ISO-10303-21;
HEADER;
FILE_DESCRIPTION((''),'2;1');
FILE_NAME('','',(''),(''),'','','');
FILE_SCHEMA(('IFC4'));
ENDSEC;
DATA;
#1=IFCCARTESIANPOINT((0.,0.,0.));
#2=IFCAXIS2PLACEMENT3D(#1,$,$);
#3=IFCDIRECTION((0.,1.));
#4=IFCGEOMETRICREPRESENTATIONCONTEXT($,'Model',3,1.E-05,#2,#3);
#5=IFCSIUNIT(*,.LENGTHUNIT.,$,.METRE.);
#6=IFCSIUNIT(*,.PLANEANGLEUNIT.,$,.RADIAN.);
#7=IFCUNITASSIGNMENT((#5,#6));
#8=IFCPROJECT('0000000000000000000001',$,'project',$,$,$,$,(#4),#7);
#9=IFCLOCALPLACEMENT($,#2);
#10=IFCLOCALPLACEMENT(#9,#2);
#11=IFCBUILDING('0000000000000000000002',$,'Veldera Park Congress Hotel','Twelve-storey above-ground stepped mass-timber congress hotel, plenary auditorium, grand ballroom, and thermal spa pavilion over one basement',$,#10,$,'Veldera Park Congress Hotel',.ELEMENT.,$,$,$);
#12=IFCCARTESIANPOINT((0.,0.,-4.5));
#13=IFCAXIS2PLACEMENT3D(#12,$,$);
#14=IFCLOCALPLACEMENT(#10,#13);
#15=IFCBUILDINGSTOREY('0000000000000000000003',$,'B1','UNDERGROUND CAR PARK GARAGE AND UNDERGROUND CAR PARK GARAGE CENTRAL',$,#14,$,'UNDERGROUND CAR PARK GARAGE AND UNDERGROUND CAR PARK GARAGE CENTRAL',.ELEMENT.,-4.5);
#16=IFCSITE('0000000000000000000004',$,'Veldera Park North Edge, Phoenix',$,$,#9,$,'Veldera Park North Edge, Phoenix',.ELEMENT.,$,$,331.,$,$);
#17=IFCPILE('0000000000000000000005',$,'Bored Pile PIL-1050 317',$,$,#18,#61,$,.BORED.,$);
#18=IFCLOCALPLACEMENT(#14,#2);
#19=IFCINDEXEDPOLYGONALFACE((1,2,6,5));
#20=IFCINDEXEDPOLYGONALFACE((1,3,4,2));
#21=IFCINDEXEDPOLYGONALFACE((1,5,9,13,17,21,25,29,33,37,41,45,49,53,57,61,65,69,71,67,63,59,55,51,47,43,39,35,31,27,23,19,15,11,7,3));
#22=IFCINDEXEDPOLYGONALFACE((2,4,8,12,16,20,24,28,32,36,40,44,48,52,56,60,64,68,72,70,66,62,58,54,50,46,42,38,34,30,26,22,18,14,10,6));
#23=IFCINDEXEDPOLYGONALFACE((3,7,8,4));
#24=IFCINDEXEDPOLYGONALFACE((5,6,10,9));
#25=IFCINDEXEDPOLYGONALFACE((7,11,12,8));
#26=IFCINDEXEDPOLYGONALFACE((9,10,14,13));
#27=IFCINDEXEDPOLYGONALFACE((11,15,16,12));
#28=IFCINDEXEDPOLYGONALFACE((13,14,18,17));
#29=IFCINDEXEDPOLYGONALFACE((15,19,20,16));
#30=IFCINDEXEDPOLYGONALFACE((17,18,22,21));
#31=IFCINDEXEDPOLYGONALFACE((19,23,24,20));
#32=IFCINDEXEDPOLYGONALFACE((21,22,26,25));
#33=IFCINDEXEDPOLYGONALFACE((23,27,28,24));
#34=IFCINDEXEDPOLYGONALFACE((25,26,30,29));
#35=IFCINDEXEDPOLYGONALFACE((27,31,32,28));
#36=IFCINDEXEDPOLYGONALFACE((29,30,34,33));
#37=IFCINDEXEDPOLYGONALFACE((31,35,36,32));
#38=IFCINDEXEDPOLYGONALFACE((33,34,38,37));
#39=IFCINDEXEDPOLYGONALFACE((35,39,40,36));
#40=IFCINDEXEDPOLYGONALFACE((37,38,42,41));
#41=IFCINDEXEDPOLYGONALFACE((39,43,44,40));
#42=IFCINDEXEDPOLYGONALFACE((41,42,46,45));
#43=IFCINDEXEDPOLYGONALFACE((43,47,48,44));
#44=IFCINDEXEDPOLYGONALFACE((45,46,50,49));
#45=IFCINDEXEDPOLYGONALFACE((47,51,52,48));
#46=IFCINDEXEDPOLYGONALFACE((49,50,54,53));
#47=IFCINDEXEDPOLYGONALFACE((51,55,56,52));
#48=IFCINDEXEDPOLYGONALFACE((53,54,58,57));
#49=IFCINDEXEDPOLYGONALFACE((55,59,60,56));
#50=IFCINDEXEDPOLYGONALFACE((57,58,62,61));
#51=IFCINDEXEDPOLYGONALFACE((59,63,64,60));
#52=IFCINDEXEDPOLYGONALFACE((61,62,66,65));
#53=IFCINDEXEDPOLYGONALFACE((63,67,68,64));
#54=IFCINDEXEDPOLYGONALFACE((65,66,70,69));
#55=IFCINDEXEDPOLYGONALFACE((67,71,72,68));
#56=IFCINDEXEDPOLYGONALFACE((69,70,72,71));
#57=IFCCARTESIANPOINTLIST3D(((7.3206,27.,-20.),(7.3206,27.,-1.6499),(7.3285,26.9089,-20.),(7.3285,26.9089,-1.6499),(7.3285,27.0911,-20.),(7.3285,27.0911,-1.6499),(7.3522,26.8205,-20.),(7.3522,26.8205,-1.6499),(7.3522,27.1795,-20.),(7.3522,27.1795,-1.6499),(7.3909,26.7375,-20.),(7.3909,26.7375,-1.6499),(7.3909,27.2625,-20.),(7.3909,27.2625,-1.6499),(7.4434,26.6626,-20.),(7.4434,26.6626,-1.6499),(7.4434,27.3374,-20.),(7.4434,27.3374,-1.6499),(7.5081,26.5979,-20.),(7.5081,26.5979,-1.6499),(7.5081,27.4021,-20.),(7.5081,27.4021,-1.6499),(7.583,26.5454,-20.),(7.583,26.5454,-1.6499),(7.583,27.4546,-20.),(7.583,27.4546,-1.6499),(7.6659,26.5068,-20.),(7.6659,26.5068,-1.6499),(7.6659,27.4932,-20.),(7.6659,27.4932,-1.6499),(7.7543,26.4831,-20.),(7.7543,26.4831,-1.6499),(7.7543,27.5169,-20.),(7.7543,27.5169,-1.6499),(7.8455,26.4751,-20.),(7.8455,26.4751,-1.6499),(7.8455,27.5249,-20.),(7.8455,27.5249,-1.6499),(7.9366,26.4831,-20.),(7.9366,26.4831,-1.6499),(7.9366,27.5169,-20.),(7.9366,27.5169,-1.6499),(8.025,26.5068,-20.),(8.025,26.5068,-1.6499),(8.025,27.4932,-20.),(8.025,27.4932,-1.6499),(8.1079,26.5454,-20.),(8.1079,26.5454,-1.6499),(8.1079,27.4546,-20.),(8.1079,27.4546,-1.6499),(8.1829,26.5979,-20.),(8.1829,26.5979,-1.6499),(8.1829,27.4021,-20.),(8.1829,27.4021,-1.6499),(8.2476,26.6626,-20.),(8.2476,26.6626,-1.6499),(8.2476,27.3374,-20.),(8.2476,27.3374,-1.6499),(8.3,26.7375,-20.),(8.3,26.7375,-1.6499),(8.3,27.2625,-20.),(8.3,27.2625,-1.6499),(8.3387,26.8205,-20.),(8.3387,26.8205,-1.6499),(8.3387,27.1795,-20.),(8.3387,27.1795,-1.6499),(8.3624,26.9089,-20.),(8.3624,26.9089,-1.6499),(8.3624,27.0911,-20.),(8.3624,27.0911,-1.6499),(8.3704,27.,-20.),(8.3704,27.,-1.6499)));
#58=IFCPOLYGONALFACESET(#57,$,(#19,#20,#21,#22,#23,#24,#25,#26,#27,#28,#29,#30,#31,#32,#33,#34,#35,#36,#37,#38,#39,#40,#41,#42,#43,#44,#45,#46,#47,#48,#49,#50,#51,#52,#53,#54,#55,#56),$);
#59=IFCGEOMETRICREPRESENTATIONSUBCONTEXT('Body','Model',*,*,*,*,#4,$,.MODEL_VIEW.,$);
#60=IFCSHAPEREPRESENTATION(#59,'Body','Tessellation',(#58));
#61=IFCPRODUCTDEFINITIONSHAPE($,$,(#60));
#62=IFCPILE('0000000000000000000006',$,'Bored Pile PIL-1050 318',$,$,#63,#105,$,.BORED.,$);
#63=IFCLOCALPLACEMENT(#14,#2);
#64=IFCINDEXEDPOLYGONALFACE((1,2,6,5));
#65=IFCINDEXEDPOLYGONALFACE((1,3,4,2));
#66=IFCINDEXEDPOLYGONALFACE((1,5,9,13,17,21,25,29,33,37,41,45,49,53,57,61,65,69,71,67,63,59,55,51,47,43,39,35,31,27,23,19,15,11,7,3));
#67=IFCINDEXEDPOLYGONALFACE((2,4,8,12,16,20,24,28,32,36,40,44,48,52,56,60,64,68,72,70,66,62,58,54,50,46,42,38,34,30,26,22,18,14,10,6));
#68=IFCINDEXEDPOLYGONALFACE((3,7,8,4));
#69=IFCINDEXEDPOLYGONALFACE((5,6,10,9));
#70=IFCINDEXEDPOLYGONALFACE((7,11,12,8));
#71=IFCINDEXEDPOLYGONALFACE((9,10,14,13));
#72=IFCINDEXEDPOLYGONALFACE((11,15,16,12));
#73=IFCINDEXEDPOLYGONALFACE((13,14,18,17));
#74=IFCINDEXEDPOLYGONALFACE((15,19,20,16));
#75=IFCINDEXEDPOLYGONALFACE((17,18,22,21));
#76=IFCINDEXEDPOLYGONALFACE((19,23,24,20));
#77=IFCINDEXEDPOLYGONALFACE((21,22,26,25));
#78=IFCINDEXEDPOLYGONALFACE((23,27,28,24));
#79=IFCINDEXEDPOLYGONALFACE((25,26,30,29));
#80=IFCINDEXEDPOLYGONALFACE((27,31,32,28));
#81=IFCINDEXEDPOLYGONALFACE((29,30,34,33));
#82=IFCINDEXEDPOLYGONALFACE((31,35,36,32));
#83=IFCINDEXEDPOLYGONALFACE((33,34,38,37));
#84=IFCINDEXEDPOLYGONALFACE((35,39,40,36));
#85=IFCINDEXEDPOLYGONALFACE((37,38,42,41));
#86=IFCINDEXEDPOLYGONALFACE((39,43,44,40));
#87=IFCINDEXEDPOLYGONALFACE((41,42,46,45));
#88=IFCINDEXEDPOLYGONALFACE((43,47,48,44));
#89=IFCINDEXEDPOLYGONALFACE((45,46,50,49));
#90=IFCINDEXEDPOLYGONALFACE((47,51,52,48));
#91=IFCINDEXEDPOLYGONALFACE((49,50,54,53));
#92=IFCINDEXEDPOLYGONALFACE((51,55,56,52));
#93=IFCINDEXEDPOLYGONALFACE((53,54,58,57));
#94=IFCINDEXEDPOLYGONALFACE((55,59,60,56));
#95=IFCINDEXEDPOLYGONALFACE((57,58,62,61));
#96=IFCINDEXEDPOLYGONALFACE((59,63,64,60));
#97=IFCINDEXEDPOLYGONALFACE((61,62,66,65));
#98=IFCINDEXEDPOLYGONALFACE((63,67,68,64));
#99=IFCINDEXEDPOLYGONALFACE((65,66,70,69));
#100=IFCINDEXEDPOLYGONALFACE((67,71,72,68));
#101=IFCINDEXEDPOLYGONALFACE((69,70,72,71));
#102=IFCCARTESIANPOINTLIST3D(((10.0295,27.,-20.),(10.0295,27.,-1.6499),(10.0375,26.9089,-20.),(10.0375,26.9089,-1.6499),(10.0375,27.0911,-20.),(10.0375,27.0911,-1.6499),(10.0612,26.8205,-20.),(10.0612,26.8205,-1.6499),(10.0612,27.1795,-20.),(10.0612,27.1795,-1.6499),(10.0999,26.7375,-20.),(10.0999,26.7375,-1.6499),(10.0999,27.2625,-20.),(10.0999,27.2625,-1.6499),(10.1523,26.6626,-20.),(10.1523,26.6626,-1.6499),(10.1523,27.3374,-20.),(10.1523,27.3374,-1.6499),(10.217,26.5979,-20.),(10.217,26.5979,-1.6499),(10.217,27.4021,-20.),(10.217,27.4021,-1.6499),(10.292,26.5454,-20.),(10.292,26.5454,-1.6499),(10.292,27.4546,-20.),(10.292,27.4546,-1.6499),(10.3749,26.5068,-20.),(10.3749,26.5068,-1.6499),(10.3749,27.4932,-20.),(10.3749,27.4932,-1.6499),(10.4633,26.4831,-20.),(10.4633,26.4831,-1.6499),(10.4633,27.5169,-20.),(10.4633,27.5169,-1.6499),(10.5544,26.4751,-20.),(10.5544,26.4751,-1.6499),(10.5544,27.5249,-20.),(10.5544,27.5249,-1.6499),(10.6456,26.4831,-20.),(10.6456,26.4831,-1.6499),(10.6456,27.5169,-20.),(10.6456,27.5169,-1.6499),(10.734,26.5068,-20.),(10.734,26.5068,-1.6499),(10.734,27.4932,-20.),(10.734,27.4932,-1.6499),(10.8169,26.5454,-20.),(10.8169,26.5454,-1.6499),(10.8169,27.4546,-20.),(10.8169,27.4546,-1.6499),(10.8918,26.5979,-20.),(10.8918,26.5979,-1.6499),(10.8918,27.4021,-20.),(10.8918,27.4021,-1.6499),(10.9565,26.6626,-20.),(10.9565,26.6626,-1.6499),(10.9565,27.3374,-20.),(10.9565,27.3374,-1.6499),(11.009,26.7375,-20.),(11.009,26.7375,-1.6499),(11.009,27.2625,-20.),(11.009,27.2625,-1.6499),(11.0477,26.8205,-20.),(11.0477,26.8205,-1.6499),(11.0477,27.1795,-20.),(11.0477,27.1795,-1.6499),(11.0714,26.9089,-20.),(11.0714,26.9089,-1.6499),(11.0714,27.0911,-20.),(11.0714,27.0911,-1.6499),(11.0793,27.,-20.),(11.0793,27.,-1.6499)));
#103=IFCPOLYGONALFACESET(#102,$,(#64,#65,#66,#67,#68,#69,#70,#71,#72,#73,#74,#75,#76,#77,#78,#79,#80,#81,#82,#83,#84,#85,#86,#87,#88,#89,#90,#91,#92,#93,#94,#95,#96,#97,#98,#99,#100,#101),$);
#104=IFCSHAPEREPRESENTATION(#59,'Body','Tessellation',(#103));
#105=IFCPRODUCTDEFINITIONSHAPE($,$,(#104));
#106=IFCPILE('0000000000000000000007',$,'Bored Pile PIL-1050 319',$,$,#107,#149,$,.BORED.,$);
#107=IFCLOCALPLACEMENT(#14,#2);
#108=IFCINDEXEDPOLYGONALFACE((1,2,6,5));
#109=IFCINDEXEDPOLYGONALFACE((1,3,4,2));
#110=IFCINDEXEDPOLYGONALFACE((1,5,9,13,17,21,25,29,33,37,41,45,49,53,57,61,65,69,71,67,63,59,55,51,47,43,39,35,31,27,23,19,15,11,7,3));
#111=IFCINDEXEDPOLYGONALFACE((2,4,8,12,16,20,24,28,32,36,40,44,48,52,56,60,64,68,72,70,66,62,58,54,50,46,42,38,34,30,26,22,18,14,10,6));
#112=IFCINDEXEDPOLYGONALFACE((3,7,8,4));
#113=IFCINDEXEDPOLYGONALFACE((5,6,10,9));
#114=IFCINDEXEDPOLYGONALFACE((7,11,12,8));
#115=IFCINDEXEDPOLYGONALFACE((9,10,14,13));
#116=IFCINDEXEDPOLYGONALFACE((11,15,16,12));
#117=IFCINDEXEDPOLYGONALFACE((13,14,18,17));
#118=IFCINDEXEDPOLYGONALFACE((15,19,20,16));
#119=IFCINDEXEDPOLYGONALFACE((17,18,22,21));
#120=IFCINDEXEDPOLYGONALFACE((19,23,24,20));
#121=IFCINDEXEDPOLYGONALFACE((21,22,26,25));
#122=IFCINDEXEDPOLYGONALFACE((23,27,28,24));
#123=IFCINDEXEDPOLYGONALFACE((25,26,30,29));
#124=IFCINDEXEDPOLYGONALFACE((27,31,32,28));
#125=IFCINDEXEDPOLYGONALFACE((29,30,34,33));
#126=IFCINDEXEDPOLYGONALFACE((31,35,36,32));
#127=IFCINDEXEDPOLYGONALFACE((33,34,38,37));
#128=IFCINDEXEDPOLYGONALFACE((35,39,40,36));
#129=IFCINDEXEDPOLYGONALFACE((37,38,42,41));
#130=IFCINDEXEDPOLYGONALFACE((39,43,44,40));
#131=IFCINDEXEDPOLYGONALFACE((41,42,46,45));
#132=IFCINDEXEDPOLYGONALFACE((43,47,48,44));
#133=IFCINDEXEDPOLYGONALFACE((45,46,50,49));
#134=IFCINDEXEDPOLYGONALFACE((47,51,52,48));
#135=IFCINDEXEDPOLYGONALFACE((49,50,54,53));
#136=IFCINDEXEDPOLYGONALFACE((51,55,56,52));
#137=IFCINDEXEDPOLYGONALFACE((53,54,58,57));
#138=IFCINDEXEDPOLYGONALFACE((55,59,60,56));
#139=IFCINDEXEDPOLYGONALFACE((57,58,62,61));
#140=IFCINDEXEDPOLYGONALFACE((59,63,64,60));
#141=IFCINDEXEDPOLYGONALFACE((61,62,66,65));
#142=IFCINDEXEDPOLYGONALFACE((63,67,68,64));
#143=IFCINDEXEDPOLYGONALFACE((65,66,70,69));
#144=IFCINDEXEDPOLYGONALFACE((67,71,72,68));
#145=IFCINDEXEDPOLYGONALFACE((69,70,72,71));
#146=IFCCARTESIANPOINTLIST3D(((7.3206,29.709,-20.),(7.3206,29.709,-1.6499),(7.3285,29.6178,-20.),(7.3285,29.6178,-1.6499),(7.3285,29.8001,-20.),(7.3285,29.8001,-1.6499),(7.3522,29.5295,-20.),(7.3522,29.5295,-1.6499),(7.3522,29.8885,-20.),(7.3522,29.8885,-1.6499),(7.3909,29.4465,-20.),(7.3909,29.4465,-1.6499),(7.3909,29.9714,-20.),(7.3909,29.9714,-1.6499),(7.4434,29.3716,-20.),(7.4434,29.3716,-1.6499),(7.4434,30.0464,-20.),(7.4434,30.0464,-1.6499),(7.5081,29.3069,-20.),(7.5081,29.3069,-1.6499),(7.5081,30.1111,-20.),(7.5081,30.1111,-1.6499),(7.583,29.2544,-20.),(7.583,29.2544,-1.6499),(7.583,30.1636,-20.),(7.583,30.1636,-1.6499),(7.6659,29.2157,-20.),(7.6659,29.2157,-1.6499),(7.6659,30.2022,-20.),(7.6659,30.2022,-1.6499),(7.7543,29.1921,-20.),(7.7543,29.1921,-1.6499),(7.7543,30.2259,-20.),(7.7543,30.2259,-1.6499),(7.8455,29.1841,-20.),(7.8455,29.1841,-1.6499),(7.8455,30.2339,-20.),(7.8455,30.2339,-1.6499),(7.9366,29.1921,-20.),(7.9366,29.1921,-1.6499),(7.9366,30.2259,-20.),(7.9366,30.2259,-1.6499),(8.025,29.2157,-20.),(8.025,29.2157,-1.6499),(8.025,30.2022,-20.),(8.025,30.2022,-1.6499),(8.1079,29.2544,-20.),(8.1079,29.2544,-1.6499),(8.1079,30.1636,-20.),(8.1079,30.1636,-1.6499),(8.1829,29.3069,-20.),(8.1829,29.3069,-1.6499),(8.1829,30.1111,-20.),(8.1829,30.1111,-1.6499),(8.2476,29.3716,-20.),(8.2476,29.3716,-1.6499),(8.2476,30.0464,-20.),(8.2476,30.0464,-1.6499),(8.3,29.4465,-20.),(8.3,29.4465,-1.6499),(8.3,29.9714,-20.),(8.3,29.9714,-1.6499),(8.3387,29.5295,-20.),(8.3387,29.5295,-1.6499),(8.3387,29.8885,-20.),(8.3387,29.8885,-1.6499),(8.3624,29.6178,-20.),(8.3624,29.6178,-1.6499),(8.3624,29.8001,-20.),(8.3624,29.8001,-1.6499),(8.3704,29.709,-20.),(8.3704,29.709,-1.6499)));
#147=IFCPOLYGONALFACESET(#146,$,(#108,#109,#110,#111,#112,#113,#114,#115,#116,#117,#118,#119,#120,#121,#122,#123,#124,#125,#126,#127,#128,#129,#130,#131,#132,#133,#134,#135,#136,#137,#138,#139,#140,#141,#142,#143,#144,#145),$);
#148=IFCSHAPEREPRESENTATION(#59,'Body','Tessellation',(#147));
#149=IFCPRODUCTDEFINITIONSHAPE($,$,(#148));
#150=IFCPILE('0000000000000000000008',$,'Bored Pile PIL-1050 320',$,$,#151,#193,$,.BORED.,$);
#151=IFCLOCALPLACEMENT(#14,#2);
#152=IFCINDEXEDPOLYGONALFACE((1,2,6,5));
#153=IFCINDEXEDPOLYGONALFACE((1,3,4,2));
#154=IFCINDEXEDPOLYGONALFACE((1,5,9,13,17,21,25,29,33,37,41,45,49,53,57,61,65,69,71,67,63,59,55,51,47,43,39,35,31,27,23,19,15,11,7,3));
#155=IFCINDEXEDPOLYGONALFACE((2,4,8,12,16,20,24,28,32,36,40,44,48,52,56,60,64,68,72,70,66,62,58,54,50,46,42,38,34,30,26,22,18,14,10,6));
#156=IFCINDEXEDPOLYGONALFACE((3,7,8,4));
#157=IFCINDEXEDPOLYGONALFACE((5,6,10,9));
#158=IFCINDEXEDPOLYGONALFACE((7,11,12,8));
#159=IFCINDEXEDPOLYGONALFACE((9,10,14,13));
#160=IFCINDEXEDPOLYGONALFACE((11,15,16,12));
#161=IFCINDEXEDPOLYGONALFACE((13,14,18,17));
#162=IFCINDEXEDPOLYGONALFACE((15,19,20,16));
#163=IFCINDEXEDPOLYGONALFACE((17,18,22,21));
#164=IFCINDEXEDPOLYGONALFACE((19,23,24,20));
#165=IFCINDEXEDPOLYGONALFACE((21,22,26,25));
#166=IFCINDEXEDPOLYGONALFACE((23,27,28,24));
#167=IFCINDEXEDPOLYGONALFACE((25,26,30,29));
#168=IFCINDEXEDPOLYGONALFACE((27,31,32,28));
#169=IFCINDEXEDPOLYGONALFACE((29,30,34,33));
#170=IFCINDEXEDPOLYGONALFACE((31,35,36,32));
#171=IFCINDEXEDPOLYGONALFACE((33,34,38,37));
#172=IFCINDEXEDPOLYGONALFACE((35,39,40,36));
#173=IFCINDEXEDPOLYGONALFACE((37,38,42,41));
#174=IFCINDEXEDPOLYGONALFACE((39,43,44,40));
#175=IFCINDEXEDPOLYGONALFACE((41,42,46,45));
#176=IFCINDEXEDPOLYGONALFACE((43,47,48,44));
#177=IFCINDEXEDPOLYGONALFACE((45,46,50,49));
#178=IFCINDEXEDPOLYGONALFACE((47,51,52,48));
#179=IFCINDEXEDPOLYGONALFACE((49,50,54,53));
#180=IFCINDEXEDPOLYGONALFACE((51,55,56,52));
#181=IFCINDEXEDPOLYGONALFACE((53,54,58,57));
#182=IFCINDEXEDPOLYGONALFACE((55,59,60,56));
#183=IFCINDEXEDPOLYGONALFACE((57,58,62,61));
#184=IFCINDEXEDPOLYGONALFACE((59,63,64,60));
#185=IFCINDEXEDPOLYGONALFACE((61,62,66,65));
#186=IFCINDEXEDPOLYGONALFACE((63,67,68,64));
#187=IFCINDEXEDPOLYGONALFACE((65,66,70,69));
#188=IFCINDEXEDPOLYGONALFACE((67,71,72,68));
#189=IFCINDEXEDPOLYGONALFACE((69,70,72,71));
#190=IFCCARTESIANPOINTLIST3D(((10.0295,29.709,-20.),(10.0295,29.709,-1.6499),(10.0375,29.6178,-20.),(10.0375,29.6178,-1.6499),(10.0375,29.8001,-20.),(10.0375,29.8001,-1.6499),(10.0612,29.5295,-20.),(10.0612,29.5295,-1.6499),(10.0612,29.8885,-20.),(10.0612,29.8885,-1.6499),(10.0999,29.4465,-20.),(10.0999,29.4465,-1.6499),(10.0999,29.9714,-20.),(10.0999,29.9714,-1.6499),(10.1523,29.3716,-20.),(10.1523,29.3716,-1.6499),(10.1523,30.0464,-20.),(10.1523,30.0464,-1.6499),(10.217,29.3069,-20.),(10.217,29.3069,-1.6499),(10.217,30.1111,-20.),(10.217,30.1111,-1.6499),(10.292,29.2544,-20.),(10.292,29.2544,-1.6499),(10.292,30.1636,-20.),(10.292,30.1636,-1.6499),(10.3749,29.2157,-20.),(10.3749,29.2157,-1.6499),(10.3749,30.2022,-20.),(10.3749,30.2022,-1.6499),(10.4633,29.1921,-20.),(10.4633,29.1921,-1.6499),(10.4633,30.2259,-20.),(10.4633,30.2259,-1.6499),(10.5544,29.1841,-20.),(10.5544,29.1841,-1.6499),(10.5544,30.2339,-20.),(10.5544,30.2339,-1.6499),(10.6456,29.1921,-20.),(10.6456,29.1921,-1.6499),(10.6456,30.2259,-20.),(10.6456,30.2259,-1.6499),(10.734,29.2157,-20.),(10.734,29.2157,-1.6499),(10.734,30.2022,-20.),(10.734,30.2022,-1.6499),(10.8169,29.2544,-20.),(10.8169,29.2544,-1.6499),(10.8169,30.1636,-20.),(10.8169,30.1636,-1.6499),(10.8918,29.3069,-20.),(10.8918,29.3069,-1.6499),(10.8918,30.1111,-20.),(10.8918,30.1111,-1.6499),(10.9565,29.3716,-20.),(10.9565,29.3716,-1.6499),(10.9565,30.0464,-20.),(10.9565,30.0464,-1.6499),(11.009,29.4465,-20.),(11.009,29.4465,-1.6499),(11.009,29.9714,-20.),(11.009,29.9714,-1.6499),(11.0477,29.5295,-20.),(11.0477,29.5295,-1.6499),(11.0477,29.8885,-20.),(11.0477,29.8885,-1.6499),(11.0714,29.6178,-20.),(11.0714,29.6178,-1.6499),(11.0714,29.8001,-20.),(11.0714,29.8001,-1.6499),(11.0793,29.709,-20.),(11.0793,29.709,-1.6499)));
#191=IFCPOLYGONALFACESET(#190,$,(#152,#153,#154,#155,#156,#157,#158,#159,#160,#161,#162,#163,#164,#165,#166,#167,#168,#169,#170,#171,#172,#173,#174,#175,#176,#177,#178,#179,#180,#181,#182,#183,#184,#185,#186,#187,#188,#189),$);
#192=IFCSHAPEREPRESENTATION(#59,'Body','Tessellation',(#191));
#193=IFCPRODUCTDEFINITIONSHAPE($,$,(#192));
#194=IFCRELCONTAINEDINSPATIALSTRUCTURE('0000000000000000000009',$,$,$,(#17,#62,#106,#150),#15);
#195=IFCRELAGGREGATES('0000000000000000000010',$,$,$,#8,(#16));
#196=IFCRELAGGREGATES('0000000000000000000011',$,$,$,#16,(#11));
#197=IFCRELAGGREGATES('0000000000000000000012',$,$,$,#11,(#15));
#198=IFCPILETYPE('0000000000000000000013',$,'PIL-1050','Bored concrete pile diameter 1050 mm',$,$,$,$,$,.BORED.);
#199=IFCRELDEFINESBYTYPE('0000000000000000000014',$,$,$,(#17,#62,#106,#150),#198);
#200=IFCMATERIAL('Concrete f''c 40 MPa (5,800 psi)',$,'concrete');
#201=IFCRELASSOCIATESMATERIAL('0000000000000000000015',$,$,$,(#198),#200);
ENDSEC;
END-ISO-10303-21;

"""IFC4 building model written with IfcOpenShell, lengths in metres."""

from ifc_helpers import new_model, si_unit, direction, frame, origin, origin_2d, place, context, subcontext, project, spatial, circle, extrude, material, material_profile, profile_set, type_object, element, save


model = new_model("IFC4")

# Units and contexts
model_context = context("Model", 3, precision=1e-05, world=origin(), true_north=direction((0.0, 1.0)))
body_context = subcontext(model_context, "Body", "Model", "MODEL_VIEW")
ifc_project = project(units=[si_unit("LENGTHUNIT", "METRE"), si_unit("PLANEANGLEUNIT", "RADIAN")], contexts=[model_context])

# Site, building, storey
site_placement = place(None, origin())
site = spatial("IfcSite", under=ifc_project, at=site_placement, Name="Veldera Park North Edge, Phoenix", LongName="Veldera Park North Edge, Phoenix", CompositionType="ELEMENT", RefElevation=331.0)
building_placement = place(site_placement, origin())
building = spatial("IfcBuilding", under=site, at=building_placement, Name="Veldera Park Congress Hotel", Description="Twelve-storey above-ground stepped mass-timber congress hotel, plenary auditorium, grand ballroom, and thermal spa pavilion over one basement", LongName="Veldera Park Congress Hotel", CompositionType="ELEMENT")
storey_placement = place(building_placement, frame((0.0, 0.0, -4.5)))
storey = spatial("IfcBuildingStorey", under=building, at=storey_placement, Name="B1", Description="UNDERGROUND CAR PARK GARAGE AND UNDERGROUND CAR PARK GARAGE CENTRAL", LongName="UNDERGROUND CAR PARK GARAGE AND UNDERGROUND CAR PARK GARAGE CENTRAL", CompositionType="ELEMENT", Elevation=-4.5)

# Shared definitions
ifc_material_1 = material(Name="Concrete f'c 40 MPa (5,800 psi)", Category="concrete")

# Piles
ifc_material_profile_1 = material_profile(ifc_material_1, circle(Radius=0.5249, at=origin_2d()), Name="PILE D1050")
ifc_profile_set_1 = profile_set([ifc_material_profile_1], Name="Concrete f'c 40 MPa (5,800 psi)")
pile_type_1 = type_object("IfcPileType", Name="PIL-1050", Description="Bored concrete pile diameter 1050 mm", PredefinedType="BORED", material=ifc_profile_set_1)
for number, where, z_axis, x_axis, name in (
    (1, (7.8455, 27.0, -1.6499), (0.0, 0.0, -1.0), (1.0, 0.0, 0.0), "Bored Pile PIL-1050 317"),
    (2, (10.5544, 27.0, -1.6499), (0.0, 0.0, -1.0), (1.0, 0.0, 0.0), "Bored Pile PIL-1050 318"),
    (3, (7.8455, 29.709, -1.6499), (0.0, 0.0, -1.0), (1.0, 0.0, 0.0), "Bored Pile PIL-1050 319"),
    (4, (10.5544, 29.709, -1.6499), (0.0, 0.0, -1.0), (1.0, 0.0, 0.0), "Bored Pile PIL-1050 320"),
):
    element("IfcPile", number, at=place(storey_placement, frame(where, z_axis=z_axis, x_axis=x_axis)), inside=storey, type_object=pile_type_1, Name=name, PredefinedType="BORED", context=body_context, shape_type="SweptSolid", body=[
        extrude(circle(Radius=0.5249, at=origin_2d()), origin(), (0.0, 0.0, 1.0), 18.3501),
    ])

save(model, "model.ifc")
